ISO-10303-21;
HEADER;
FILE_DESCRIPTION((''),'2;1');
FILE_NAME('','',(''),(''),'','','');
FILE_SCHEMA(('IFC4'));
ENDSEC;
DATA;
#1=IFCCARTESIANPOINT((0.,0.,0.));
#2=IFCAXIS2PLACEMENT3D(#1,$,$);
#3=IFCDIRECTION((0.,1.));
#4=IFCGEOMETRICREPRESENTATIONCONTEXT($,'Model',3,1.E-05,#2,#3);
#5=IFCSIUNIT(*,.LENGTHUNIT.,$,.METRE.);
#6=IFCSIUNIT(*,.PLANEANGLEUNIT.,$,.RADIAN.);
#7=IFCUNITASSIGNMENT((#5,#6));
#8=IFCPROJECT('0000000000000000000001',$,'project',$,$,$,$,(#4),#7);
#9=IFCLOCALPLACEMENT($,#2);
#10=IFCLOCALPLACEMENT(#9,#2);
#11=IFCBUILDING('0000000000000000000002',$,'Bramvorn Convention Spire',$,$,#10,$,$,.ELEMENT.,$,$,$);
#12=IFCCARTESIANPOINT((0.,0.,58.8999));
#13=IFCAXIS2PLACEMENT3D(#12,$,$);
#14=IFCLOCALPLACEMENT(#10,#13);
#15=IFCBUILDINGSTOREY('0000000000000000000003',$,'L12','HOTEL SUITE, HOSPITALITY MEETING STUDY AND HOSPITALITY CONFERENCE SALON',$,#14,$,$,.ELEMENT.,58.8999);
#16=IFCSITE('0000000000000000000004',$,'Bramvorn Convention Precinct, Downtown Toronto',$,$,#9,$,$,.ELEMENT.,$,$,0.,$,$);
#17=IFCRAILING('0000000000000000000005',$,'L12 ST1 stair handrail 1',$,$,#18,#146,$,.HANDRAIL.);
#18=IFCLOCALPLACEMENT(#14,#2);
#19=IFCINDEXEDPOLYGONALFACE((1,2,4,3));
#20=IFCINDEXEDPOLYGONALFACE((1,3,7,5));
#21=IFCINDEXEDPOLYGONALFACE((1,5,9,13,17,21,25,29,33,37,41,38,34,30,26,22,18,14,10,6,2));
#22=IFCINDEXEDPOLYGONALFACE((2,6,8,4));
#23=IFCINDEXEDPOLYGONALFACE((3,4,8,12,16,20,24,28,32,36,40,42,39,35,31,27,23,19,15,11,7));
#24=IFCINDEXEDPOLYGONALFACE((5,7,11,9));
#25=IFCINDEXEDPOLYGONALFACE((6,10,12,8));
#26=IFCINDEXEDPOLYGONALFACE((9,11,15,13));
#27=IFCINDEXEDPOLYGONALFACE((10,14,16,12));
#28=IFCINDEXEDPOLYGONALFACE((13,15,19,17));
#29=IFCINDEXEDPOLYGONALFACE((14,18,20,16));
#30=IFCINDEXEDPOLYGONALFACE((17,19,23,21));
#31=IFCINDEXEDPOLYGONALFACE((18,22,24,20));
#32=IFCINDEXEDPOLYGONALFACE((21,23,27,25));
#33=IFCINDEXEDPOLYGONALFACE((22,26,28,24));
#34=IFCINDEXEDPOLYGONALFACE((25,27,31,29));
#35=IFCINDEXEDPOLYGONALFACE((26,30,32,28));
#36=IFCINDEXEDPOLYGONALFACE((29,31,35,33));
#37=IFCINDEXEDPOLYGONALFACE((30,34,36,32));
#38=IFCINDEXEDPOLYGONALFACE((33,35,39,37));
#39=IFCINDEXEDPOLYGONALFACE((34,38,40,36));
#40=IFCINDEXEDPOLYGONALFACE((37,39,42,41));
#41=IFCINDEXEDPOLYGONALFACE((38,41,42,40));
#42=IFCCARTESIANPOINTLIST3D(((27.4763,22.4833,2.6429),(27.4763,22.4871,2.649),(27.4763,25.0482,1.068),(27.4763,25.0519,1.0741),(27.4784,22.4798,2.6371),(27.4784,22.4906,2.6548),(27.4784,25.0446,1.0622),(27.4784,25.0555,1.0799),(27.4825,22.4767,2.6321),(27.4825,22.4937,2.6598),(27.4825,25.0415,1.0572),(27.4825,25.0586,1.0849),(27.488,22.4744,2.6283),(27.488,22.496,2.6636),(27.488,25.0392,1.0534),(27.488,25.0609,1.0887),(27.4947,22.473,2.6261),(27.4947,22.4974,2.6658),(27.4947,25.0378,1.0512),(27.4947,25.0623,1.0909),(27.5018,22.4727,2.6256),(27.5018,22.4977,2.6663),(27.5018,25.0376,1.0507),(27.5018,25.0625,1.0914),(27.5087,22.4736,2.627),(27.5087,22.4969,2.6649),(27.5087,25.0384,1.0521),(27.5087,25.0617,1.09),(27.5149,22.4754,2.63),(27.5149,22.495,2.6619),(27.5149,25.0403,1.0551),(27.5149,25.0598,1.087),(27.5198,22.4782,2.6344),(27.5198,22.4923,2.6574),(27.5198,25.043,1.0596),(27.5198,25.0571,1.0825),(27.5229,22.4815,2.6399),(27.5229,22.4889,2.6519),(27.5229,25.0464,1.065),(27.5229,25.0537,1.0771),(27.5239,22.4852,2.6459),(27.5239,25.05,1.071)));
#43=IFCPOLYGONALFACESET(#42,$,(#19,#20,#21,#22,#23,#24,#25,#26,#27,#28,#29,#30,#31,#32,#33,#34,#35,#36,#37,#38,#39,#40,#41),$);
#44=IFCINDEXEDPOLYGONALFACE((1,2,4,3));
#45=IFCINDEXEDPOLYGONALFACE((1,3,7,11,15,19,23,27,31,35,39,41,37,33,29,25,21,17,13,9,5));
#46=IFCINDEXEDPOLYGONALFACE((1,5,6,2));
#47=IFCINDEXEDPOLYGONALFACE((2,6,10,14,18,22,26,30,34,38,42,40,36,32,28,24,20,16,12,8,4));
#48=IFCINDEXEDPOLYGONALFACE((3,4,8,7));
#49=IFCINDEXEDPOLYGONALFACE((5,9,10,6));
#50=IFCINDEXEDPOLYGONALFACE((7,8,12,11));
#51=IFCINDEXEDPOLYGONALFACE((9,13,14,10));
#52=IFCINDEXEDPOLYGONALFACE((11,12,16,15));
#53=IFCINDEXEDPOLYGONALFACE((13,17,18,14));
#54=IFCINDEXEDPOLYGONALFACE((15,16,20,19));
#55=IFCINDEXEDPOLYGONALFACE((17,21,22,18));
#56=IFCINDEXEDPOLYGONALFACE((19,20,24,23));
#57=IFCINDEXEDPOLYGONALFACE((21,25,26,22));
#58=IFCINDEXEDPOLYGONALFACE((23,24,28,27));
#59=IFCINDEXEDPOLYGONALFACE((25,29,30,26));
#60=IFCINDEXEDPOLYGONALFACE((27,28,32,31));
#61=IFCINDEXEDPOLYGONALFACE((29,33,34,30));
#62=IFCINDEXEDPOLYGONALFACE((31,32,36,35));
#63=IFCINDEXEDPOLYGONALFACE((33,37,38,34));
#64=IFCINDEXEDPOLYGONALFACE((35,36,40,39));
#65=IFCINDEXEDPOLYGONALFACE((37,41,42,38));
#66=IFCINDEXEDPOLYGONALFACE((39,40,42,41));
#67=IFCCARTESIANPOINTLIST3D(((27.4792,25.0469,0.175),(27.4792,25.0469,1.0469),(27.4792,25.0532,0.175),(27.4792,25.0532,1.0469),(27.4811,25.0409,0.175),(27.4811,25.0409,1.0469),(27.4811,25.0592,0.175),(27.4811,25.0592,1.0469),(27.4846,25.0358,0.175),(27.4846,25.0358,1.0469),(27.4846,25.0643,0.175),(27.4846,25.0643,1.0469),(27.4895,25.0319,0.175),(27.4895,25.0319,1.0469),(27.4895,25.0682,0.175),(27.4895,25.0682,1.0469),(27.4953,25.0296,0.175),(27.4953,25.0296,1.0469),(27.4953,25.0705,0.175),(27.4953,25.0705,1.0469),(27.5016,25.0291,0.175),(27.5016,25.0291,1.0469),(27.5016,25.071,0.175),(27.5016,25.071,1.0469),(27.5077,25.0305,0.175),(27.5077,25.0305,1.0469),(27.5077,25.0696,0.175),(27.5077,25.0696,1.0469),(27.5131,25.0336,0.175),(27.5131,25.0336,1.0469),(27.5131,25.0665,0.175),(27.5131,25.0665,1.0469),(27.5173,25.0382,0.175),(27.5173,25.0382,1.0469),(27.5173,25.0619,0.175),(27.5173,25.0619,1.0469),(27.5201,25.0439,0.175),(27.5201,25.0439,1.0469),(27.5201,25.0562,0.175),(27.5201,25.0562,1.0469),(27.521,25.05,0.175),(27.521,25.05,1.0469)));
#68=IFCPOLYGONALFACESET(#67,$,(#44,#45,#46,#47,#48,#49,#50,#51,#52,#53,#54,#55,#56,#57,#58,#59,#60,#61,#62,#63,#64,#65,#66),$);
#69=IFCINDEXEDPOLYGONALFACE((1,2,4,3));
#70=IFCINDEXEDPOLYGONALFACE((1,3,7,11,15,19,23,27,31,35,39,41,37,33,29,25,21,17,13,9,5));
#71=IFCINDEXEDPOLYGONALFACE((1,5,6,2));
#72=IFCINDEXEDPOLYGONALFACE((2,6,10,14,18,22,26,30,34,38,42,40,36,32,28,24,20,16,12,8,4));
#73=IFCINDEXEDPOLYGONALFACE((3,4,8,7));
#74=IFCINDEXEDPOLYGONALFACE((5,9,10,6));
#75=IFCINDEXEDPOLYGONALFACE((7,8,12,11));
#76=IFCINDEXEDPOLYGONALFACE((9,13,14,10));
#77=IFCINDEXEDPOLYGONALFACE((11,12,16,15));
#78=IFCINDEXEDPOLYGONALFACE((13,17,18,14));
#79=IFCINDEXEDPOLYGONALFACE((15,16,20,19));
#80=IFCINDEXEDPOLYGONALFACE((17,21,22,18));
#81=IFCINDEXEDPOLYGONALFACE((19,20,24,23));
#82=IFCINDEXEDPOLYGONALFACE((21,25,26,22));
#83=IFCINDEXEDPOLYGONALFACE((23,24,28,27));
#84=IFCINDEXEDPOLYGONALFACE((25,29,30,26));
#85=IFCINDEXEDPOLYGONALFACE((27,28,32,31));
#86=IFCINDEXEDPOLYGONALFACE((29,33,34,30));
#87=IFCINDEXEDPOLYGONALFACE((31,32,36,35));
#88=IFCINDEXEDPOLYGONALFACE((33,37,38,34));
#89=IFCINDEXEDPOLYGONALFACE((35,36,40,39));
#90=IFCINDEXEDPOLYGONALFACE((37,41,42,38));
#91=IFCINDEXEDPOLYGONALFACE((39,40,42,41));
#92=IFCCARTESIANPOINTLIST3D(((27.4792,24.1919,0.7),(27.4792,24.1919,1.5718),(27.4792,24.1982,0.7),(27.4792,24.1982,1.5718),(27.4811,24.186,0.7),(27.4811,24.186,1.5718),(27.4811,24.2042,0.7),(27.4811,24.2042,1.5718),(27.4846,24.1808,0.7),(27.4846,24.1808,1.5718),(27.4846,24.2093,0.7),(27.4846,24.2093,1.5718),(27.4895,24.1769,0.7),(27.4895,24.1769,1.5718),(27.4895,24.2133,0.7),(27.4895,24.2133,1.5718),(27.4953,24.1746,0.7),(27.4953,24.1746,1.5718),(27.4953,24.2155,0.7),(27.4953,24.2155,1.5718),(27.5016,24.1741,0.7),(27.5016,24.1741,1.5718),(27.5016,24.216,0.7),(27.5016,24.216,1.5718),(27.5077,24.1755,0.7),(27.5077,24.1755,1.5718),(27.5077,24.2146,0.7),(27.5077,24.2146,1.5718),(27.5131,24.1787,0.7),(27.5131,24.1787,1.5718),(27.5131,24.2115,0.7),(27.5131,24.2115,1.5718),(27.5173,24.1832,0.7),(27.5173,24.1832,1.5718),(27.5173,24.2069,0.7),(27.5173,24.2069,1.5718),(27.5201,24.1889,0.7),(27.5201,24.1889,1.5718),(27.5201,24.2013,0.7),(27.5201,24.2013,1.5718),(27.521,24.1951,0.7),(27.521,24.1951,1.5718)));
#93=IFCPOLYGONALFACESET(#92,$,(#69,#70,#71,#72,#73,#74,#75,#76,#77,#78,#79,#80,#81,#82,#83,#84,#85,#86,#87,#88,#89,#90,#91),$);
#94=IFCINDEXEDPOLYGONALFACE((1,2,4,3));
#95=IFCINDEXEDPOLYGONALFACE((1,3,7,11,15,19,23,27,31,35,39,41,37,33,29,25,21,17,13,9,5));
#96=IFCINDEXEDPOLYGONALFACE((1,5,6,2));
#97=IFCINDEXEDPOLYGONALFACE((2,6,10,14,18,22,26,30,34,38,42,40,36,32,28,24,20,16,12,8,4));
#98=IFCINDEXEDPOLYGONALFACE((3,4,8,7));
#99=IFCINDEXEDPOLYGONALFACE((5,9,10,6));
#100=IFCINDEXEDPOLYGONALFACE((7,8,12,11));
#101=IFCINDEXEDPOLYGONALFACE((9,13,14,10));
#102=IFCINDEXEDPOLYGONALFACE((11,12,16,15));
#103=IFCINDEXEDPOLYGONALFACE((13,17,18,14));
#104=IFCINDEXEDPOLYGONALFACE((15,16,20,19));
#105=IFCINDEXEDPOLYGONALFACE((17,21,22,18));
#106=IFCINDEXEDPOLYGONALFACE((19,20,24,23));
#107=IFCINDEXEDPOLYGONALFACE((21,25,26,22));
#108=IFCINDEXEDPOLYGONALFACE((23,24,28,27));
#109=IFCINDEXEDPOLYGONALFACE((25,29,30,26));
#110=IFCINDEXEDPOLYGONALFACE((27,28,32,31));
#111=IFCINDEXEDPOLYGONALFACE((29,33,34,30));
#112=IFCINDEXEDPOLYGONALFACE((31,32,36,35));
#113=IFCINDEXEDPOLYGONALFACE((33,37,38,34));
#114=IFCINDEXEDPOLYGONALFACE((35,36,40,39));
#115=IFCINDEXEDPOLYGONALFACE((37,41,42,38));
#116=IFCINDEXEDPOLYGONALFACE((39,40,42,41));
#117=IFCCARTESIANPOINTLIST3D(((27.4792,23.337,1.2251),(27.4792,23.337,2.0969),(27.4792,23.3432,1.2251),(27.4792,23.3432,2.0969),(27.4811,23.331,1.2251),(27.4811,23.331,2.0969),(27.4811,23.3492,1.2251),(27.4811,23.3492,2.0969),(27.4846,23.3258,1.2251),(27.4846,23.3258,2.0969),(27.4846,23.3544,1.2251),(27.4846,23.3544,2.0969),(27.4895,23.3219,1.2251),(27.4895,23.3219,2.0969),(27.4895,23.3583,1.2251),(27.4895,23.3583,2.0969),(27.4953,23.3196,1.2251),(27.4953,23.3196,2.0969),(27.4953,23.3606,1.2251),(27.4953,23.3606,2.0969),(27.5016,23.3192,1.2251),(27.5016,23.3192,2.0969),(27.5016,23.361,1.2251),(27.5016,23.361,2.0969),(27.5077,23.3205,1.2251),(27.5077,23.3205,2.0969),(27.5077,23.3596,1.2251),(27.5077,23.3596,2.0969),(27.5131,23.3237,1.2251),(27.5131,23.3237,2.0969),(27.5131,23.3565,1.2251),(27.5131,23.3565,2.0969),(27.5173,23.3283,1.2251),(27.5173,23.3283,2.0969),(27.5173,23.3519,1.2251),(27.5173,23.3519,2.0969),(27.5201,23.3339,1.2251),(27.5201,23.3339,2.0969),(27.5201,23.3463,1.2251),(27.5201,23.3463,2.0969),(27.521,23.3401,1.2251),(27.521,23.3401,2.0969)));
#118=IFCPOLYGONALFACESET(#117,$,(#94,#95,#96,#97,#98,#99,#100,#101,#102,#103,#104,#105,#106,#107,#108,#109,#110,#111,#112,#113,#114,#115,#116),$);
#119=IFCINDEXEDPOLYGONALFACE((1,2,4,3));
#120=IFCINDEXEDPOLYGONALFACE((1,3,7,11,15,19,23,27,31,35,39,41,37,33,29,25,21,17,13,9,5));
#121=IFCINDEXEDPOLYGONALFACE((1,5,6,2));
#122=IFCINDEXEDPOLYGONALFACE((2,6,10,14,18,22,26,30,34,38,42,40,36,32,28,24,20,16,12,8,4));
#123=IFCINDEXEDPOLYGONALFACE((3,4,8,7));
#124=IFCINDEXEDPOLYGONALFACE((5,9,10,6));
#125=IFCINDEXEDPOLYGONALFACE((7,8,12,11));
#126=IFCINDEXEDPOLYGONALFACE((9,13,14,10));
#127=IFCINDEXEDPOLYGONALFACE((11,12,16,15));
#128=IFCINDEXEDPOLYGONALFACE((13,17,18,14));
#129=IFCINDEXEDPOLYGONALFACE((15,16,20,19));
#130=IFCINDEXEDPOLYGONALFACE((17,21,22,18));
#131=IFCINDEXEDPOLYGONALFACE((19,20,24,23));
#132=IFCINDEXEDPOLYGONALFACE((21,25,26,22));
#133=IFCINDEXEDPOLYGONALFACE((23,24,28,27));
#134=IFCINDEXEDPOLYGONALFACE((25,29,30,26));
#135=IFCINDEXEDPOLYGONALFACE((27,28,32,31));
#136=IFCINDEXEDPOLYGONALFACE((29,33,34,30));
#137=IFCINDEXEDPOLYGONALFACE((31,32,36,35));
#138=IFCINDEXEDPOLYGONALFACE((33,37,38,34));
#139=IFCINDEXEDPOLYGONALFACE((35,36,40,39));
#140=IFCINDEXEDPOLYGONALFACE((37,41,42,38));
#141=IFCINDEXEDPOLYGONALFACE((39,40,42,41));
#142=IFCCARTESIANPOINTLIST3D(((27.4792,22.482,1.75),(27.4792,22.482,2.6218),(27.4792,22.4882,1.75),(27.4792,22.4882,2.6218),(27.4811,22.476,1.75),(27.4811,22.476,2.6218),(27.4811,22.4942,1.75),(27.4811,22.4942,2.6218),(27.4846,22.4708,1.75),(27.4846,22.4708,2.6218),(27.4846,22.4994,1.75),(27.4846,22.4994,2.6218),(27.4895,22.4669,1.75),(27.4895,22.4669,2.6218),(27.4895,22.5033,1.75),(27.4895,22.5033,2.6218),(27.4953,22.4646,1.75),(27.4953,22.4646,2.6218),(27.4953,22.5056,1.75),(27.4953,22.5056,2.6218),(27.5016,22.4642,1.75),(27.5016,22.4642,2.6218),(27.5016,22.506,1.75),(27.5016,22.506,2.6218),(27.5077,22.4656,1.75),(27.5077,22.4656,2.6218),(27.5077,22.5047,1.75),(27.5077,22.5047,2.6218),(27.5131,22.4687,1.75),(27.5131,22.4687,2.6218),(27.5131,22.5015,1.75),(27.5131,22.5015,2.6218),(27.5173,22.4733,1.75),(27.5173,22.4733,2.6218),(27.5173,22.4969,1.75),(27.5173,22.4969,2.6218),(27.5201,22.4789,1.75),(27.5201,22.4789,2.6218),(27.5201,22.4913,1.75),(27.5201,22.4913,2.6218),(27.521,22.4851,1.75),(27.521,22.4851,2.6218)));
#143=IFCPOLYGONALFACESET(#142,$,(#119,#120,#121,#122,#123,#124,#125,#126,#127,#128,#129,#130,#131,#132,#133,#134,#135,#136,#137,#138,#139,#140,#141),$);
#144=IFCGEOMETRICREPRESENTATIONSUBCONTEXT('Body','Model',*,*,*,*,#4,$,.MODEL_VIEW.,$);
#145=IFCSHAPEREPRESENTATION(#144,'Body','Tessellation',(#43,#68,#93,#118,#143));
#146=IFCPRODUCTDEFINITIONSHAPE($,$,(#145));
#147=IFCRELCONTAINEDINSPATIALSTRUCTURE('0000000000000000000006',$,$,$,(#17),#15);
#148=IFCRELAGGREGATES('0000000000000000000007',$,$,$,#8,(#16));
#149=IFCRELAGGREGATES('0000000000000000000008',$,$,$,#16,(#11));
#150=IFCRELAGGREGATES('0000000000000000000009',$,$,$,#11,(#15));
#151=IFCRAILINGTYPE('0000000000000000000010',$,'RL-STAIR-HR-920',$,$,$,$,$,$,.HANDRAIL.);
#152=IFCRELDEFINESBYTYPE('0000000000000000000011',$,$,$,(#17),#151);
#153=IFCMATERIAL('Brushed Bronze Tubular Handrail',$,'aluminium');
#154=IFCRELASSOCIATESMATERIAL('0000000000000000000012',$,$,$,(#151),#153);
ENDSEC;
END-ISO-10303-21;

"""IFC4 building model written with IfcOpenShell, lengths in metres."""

from ifc_helpers import new_model, si_unit, direction, frame, origin, origin_2d, place, context, subcontext, project, spatial, circle, extrude, material, type_object, element, save


model = new_model("IFC4")

# Units and contexts
model_context = context("Model", 3, precision=1e-05, world=origin(), true_north=direction((0.0, 1.0)))
body_context = subcontext(model_context, "Body", "Model", "MODEL_VIEW")
ifc_project = project(units=[si_unit("LENGTHUNIT", "METRE"), si_unit("PLANEANGLEUNIT", "RADIAN")], contexts=[model_context])

# Site, building, storey
site_placement = place(None, origin())
site = spatial("IfcSite", under=ifc_project, at=site_placement, Name="Bramvorn Convention Precinct, Downtown Toronto", CompositionType="ELEMENT", RefElevation=0.0)
building_placement = place(site_placement, origin())
building = spatial("IfcBuilding", under=site, at=building_placement, Name="Bramvorn Convention Spire", CompositionType="ELEMENT")
storey_placement = place(building_placement, frame((0.0, 0.0, 58.8999)))
storey = spatial("IfcBuildingStorey", under=building, at=storey_placement, Name="L12", Description="HOTEL SUITE, HOSPITALITY MEETING STUDY AND HOSPITALITY CONFERENCE SALON", CompositionType="ELEMENT", Elevation=58.8999)

# Railing
ifc_material_1 = material(Name="Brushed Bronze Tubular Handrail", Category="aluminium")
railing_type_1 = type_object("IfcRailingType", Name="RL-STAIR-HR-920", PredefinedType="HANDRAIL", material=ifc_material_1)
railing_1_placement = place(storey_placement, frame((27.5, 25.05, 0.175)))
element("IfcRailing", 1, at=railing_1_placement, inside=storey, type_object=railing_type_1, Name="L12 ST1 stair handrail 1", PredefinedType="HANDRAIL", context=body_context, shape_type="SweptSolid", body=[
    extrude(circle(Radius=0.0239, at=origin_2d()), frame((0.0, 0.0, 0.896), z_axis=(0.0, -0.852173, 0.52326), x_axis=(1.0, 0.0, 0.0)), (0.0, 0.0, 1.0), 3.0098),
    extrude(circle(Radius=0.021, at=origin_2d()), origin(), (0.0, 0.0, 1.0), 0.8718),
    extrude(circle(Radius=0.021, at=origin_2d()), frame((0.0, -0.855, 0.5249)), (0.0, 0.0, 1.0), 0.8718),
    extrude(circle(Radius=0.021, at=origin_2d()), frame((0.0, -1.71, 1.05)), (0.0, 0.0, 1.0), 0.8718),
    extrude(circle(Radius=0.021, at=origin_2d()), frame((0.0, -2.5649, 1.575)), (0.0, 0.0, 1.0), 0.8718),
])

save(model, "model.ifc")
